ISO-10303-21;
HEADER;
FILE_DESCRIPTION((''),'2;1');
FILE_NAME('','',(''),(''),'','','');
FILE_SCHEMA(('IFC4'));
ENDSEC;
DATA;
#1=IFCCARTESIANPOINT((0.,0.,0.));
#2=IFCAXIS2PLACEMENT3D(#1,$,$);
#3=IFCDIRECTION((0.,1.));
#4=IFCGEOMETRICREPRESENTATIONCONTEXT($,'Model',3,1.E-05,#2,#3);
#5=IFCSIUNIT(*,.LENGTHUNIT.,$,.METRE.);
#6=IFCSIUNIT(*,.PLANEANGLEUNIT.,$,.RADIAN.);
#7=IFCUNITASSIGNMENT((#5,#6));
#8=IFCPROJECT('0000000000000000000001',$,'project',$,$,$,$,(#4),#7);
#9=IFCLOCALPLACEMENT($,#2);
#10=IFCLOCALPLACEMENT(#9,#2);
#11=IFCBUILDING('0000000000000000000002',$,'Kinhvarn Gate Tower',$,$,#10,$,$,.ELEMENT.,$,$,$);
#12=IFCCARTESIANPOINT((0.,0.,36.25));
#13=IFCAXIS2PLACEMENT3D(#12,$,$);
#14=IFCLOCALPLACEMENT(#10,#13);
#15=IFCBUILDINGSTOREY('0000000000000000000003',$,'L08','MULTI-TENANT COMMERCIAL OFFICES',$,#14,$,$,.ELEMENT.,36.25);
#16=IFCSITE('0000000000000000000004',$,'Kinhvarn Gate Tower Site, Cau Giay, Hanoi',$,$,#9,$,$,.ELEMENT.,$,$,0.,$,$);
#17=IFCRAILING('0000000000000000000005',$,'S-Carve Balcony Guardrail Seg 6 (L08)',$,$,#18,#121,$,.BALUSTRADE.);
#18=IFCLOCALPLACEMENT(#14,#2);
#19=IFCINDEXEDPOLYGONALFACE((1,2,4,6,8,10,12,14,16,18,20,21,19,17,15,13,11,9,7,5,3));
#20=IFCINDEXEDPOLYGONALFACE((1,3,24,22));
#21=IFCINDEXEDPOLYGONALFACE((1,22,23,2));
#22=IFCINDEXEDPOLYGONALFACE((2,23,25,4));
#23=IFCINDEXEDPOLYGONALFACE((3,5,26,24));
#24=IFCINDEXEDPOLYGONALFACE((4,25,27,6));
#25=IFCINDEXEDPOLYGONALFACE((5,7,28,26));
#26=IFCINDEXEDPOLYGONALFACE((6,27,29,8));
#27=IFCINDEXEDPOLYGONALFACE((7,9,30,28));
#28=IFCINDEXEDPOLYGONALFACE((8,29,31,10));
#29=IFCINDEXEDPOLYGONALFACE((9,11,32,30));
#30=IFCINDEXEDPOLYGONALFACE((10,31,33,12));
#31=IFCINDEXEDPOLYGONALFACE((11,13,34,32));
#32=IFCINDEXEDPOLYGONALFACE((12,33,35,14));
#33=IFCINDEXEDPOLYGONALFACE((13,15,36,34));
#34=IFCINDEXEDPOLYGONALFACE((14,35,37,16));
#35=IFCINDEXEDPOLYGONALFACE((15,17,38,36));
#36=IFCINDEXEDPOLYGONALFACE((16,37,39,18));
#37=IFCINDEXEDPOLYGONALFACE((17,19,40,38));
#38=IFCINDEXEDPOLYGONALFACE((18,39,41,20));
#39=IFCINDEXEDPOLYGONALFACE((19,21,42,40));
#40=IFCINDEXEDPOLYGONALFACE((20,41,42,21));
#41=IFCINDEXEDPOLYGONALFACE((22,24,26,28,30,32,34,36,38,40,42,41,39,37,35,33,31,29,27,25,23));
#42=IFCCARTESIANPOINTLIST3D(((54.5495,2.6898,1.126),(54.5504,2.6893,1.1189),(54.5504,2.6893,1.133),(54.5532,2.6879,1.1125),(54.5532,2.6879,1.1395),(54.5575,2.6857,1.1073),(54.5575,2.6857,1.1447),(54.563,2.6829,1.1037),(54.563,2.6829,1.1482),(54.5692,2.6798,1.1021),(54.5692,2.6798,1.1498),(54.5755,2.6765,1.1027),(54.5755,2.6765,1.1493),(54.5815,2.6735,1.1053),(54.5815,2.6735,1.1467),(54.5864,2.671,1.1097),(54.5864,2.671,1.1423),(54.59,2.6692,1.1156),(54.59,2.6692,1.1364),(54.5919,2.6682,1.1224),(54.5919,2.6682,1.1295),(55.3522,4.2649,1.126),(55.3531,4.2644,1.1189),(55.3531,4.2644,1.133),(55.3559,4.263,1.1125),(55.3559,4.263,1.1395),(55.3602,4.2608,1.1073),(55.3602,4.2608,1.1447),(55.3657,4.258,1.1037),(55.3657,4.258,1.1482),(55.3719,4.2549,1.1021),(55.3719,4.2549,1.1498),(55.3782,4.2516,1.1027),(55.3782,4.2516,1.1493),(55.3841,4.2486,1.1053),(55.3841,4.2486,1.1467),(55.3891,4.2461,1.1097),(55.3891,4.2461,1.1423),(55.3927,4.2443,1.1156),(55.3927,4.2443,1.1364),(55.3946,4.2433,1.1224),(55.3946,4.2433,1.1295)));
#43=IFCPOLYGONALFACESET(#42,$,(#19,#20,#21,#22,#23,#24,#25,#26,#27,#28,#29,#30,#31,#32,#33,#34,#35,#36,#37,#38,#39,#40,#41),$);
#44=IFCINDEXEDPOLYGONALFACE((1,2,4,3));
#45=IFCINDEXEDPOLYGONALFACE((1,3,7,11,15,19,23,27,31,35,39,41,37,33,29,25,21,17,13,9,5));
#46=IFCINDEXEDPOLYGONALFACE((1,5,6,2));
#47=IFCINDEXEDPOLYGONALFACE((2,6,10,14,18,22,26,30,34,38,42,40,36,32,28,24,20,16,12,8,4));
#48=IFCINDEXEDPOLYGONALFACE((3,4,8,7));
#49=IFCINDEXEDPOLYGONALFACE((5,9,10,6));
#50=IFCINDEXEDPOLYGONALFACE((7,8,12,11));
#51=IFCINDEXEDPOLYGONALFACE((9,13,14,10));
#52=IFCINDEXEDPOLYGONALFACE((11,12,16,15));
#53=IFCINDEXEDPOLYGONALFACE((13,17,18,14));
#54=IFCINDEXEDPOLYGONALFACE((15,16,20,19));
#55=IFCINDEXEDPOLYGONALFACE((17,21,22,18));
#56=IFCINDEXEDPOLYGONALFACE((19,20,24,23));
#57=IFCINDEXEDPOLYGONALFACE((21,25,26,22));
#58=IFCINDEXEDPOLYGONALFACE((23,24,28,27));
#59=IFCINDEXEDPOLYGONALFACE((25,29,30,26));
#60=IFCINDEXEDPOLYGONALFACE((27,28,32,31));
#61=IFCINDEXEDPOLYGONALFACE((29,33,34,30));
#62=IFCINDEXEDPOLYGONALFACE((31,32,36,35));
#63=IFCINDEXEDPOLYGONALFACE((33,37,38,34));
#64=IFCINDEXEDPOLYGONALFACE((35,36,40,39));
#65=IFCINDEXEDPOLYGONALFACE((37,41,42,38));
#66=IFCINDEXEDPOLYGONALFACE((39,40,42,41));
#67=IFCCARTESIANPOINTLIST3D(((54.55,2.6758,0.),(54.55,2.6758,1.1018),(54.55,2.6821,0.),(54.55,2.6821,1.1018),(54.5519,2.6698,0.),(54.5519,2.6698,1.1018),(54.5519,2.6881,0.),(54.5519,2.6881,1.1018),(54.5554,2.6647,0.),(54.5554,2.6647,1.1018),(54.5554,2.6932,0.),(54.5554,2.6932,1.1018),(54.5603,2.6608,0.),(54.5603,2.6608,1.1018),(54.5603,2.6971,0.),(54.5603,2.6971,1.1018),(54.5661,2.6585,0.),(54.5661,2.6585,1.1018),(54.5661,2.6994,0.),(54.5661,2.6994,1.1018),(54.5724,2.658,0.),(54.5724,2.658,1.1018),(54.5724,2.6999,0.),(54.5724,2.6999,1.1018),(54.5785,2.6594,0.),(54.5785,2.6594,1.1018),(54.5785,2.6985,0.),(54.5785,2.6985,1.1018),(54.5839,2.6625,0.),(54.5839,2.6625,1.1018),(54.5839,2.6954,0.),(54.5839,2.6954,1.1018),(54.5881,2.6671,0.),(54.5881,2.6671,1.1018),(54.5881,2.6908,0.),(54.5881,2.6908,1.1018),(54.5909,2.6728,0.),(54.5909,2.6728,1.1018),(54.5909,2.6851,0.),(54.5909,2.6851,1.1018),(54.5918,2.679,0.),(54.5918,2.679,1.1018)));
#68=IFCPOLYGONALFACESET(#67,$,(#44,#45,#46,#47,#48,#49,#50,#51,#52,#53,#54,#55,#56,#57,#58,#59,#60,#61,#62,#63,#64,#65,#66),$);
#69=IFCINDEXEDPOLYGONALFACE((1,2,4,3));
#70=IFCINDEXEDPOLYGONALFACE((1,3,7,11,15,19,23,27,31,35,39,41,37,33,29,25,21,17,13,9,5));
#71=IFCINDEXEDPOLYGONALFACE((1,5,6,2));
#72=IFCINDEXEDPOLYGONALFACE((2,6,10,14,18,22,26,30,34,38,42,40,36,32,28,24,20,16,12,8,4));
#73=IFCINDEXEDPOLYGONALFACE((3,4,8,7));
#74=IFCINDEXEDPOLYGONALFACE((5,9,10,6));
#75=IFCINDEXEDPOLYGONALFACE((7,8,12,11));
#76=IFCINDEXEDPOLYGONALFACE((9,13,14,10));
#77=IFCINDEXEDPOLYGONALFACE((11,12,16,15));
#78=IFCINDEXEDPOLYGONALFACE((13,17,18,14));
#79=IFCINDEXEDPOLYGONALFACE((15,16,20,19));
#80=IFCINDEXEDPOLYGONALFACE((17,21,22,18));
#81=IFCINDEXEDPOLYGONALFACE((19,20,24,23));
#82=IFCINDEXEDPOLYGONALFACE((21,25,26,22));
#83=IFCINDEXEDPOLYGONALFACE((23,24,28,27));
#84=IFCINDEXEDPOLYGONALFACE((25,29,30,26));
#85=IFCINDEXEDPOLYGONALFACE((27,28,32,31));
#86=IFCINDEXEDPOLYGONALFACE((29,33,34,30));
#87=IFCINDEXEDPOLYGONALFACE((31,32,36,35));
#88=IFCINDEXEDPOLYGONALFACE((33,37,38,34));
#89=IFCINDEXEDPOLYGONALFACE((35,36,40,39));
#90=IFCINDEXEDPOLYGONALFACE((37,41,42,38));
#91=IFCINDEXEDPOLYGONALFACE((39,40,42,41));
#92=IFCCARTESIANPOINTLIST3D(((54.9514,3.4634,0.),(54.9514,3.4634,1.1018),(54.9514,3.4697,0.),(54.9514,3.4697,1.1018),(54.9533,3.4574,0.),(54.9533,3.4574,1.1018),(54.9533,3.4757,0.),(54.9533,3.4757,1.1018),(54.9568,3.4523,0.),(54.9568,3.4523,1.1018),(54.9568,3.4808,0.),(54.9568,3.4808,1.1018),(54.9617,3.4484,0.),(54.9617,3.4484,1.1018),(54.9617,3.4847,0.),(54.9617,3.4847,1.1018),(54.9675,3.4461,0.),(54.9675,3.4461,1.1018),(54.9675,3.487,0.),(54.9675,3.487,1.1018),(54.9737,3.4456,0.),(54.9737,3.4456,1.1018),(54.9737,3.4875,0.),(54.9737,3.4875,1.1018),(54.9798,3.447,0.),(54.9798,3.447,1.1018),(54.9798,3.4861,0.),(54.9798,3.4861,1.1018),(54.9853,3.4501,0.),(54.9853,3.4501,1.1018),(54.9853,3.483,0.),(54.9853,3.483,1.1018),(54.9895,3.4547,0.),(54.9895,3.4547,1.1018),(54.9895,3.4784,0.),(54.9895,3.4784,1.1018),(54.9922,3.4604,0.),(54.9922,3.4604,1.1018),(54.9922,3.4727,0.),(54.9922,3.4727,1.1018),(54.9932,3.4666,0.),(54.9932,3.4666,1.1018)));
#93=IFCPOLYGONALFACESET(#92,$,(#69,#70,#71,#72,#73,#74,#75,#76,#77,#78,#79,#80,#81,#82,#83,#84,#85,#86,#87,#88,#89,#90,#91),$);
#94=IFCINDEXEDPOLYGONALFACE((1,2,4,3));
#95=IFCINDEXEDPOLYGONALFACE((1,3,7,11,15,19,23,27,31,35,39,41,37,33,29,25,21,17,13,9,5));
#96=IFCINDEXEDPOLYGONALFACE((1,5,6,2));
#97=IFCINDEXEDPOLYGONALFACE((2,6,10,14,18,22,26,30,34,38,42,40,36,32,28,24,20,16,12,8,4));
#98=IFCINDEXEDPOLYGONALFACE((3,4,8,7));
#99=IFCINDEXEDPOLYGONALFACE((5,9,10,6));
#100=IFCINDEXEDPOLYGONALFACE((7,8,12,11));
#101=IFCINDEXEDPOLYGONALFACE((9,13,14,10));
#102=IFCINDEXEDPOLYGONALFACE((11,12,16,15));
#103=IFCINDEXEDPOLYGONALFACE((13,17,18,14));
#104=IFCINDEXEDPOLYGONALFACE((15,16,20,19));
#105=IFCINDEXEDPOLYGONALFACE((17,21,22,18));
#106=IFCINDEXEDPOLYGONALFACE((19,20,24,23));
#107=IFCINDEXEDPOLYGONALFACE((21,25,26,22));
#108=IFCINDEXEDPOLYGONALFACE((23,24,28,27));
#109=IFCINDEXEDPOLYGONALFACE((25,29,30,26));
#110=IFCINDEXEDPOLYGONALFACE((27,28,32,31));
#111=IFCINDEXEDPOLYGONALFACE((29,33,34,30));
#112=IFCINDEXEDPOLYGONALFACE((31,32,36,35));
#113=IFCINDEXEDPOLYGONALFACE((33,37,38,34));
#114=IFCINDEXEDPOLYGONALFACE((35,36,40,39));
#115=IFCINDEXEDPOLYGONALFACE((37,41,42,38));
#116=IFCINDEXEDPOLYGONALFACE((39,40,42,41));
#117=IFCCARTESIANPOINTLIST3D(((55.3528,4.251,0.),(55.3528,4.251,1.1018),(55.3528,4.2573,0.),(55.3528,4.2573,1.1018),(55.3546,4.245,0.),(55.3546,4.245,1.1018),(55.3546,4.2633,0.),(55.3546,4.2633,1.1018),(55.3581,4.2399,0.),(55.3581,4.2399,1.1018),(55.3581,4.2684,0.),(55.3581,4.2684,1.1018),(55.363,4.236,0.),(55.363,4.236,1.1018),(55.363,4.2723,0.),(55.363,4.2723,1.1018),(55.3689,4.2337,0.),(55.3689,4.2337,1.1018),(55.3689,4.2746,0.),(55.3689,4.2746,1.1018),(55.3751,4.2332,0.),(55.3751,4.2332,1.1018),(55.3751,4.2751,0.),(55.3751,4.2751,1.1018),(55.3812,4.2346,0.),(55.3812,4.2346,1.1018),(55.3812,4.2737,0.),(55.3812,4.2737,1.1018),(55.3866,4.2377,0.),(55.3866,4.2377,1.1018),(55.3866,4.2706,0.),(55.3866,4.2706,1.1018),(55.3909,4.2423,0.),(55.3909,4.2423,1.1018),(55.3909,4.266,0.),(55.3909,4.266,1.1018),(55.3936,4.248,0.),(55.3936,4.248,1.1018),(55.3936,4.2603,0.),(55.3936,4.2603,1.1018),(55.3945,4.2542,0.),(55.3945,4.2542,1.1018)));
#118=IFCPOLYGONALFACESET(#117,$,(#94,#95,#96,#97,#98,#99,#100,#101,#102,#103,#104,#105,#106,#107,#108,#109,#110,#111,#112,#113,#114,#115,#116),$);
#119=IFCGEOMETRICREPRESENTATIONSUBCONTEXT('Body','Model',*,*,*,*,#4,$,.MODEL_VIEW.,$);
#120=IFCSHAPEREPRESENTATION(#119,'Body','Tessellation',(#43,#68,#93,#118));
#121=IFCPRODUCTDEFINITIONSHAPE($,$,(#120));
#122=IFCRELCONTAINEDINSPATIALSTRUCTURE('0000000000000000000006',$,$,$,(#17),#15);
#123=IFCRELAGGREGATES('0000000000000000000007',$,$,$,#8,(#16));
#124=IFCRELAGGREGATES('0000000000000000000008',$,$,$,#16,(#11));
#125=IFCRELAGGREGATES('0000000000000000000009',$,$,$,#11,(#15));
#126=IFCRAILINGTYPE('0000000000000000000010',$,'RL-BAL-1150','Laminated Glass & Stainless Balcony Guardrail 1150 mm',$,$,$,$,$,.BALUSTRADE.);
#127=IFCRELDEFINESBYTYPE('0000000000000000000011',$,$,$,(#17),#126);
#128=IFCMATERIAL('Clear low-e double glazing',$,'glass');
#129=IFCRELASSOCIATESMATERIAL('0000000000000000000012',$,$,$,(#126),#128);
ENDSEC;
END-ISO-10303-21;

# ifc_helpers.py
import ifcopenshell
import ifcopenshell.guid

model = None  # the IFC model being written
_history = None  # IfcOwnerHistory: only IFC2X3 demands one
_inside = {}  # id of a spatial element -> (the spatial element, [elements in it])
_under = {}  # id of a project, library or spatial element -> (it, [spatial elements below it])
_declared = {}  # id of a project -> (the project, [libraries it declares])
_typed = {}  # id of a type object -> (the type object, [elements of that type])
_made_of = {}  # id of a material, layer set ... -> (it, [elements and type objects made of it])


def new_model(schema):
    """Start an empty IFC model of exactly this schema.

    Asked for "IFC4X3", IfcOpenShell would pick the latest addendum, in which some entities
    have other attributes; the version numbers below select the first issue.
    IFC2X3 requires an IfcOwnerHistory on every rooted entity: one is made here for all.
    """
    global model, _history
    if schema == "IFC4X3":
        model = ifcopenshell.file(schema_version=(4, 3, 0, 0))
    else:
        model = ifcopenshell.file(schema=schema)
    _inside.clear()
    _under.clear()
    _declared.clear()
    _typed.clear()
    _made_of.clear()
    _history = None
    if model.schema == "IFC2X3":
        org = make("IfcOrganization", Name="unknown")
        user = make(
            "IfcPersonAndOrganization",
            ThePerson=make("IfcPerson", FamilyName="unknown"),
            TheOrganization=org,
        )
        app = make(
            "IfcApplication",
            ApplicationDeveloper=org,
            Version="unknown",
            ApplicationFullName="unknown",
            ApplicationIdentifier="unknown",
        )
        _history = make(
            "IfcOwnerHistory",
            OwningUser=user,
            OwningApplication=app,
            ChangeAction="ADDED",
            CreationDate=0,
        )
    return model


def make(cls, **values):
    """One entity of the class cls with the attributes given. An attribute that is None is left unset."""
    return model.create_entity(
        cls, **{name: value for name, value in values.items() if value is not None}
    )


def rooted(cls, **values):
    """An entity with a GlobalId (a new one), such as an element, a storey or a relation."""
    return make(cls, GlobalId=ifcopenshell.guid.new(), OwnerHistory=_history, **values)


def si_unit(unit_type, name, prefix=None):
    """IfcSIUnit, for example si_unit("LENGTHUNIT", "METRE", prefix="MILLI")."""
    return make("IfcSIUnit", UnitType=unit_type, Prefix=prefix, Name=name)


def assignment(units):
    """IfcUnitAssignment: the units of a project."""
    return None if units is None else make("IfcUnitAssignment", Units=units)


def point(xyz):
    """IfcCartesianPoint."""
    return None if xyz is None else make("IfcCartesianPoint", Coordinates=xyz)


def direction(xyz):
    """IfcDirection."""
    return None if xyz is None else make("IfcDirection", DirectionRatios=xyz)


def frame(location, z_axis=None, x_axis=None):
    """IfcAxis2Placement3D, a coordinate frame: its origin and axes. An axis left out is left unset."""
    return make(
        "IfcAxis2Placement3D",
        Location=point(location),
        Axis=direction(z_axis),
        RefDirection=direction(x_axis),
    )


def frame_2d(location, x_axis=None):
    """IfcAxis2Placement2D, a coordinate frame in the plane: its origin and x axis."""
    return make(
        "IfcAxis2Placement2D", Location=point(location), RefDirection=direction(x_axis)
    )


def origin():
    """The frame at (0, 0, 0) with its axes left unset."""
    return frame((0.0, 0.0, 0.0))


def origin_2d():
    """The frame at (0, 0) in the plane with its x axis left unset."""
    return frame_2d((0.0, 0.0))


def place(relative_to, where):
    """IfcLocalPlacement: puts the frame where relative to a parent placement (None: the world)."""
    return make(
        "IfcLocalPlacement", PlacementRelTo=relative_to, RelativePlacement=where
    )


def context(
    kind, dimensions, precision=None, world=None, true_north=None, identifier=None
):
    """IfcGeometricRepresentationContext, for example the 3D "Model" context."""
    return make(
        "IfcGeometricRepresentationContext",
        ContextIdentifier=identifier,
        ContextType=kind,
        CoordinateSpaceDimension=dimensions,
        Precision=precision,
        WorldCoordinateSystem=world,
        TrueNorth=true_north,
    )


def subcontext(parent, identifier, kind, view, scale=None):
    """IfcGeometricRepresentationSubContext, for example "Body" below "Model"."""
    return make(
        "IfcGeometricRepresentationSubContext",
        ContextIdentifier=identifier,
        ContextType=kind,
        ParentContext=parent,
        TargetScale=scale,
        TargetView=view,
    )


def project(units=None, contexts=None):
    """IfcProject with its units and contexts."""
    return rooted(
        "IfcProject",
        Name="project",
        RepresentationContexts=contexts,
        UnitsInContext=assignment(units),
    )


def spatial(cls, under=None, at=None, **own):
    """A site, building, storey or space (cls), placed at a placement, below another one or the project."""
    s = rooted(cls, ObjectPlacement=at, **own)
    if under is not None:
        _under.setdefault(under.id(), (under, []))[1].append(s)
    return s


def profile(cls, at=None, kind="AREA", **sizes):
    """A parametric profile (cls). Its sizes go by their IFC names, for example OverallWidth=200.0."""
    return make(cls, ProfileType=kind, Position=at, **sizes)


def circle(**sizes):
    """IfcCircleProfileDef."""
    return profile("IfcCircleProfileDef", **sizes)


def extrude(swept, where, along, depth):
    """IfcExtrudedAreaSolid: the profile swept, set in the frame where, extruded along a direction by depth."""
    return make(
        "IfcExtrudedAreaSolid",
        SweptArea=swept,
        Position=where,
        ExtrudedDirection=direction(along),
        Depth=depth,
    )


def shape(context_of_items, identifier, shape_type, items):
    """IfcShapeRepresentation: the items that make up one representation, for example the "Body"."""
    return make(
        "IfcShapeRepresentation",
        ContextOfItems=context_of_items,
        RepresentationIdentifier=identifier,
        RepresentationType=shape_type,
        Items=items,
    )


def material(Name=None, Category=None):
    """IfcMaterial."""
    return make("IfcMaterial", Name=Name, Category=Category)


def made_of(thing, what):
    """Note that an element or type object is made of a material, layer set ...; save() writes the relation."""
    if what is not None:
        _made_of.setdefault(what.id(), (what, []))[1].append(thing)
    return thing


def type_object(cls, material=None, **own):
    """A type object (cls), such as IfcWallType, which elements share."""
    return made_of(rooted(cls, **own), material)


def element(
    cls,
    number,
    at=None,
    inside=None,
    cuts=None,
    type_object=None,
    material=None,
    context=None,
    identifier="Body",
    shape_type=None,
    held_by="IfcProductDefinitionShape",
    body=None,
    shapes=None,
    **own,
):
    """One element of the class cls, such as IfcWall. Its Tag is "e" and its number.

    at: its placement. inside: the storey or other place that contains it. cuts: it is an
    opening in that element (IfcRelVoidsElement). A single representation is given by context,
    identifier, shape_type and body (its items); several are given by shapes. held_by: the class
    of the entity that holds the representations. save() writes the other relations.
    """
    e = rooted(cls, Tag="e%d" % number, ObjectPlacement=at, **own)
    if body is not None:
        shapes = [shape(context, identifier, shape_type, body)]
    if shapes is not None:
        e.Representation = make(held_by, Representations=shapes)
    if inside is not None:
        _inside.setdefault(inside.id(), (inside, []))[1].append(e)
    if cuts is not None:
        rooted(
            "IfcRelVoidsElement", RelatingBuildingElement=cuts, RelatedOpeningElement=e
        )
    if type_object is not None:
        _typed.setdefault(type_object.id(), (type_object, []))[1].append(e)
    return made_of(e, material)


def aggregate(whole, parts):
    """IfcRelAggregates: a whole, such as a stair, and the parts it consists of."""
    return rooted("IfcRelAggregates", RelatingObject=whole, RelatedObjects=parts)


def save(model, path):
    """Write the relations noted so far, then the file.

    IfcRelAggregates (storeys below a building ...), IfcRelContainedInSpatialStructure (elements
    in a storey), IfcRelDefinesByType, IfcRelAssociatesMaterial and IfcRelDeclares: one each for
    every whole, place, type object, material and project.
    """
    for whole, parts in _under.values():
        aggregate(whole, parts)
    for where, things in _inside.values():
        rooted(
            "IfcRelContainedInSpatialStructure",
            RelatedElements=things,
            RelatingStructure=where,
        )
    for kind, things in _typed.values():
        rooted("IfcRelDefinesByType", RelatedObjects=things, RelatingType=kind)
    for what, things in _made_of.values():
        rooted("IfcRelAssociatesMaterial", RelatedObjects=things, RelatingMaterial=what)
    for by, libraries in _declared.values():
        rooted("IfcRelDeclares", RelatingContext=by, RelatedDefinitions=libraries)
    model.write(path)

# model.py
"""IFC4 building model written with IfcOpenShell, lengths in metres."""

from ifc_helpers import new_model, si_unit, direction, frame, origin, origin_2d, place, context, subcontext, project, spatial, circle, extrude, material, type_object, element, save


model = new_model("IFC4")

# Units and contexts
model_context = context("Model", 3, precision=1e-05, world=origin(), true_north=direction((0.0, 1.0)))
body_context = subcontext(model_context, "Body", "Model", "MODEL_VIEW")
ifc_project = project(units=[si_unit("LENGTHUNIT", "METRE"), si_unit("PLANEANGLEUNIT", "RADIAN")], contexts=[model_context])

# Site, building, storey
site_placement = place(None, origin())
site = spatial("IfcSite", under=ifc_project, at=site_placement, Name="Kinhvarn Gate Tower Site, Cau Giay, Hanoi", CompositionType="ELEMENT", RefElevation=0.0)
building_placement = place(site_placement, origin())
building = spatial("IfcBuilding", under=site, at=building_placement, Name="Kinhvarn Gate Tower", CompositionType="ELEMENT")
storey_placement = place(building_placement, frame((0.0, 0.0, 36.25)))
storey = spatial("IfcBuildingStorey", under=building, at=storey_placement, Name="L08", Description="MULTI-TENANT COMMERCIAL OFFICES", CompositionType="ELEMENT", Elevation=36.25)

# Shared definitions
ifc_material_1 = material(Name="Clear low-e double glazing", Category="glass")

# Railing
railing_type = type_object("IfcRailingType", Name="RL-BAL-1150", Description="Laminated Glass & Stainless Balcony Guardrail 1150 mm", PredefinedType="BALUSTRADE", material=ifc_material_1)
railing_1_placement = place(storey_placement, frame((54.5708, 2.679, 0.0)))
element("IfcRailing", 1, at=railing_1_placement, inside=storey, type_object=railing_type, Name="S-Carve Balcony Guardrail Seg 6 (L08)", PredefinedType="BALUSTRADE", context=body_context, shape_type="SweptSolid", body=[
    extrude(circle(Radius=0.0239, at=origin_2d()), frame((0.0, 0.0, 1.126), z_axis=(0.45405, 0.890976, 0.0), x_axis=(-0.890976, 0.45405, 0.0)), (0.0, 0.0, 1.0), 1.7678),
    extrude(circle(Radius=0.021, at=origin_2d()), origin(), (0.0, 0.0, 1.0), 1.1018),
    extrude(circle(Radius=0.021, at=origin_2d()), frame((0.4014, 0.7876, 0.0)), (0.0, 0.0, 1.0), 1.1018),
    extrude(circle(Radius=0.021, at=origin_2d()), frame((0.8027, 1.5752, 0.0)), (0.0, 0.0, 1.0), 1.1018),
])

save(model, "model.ifc")
